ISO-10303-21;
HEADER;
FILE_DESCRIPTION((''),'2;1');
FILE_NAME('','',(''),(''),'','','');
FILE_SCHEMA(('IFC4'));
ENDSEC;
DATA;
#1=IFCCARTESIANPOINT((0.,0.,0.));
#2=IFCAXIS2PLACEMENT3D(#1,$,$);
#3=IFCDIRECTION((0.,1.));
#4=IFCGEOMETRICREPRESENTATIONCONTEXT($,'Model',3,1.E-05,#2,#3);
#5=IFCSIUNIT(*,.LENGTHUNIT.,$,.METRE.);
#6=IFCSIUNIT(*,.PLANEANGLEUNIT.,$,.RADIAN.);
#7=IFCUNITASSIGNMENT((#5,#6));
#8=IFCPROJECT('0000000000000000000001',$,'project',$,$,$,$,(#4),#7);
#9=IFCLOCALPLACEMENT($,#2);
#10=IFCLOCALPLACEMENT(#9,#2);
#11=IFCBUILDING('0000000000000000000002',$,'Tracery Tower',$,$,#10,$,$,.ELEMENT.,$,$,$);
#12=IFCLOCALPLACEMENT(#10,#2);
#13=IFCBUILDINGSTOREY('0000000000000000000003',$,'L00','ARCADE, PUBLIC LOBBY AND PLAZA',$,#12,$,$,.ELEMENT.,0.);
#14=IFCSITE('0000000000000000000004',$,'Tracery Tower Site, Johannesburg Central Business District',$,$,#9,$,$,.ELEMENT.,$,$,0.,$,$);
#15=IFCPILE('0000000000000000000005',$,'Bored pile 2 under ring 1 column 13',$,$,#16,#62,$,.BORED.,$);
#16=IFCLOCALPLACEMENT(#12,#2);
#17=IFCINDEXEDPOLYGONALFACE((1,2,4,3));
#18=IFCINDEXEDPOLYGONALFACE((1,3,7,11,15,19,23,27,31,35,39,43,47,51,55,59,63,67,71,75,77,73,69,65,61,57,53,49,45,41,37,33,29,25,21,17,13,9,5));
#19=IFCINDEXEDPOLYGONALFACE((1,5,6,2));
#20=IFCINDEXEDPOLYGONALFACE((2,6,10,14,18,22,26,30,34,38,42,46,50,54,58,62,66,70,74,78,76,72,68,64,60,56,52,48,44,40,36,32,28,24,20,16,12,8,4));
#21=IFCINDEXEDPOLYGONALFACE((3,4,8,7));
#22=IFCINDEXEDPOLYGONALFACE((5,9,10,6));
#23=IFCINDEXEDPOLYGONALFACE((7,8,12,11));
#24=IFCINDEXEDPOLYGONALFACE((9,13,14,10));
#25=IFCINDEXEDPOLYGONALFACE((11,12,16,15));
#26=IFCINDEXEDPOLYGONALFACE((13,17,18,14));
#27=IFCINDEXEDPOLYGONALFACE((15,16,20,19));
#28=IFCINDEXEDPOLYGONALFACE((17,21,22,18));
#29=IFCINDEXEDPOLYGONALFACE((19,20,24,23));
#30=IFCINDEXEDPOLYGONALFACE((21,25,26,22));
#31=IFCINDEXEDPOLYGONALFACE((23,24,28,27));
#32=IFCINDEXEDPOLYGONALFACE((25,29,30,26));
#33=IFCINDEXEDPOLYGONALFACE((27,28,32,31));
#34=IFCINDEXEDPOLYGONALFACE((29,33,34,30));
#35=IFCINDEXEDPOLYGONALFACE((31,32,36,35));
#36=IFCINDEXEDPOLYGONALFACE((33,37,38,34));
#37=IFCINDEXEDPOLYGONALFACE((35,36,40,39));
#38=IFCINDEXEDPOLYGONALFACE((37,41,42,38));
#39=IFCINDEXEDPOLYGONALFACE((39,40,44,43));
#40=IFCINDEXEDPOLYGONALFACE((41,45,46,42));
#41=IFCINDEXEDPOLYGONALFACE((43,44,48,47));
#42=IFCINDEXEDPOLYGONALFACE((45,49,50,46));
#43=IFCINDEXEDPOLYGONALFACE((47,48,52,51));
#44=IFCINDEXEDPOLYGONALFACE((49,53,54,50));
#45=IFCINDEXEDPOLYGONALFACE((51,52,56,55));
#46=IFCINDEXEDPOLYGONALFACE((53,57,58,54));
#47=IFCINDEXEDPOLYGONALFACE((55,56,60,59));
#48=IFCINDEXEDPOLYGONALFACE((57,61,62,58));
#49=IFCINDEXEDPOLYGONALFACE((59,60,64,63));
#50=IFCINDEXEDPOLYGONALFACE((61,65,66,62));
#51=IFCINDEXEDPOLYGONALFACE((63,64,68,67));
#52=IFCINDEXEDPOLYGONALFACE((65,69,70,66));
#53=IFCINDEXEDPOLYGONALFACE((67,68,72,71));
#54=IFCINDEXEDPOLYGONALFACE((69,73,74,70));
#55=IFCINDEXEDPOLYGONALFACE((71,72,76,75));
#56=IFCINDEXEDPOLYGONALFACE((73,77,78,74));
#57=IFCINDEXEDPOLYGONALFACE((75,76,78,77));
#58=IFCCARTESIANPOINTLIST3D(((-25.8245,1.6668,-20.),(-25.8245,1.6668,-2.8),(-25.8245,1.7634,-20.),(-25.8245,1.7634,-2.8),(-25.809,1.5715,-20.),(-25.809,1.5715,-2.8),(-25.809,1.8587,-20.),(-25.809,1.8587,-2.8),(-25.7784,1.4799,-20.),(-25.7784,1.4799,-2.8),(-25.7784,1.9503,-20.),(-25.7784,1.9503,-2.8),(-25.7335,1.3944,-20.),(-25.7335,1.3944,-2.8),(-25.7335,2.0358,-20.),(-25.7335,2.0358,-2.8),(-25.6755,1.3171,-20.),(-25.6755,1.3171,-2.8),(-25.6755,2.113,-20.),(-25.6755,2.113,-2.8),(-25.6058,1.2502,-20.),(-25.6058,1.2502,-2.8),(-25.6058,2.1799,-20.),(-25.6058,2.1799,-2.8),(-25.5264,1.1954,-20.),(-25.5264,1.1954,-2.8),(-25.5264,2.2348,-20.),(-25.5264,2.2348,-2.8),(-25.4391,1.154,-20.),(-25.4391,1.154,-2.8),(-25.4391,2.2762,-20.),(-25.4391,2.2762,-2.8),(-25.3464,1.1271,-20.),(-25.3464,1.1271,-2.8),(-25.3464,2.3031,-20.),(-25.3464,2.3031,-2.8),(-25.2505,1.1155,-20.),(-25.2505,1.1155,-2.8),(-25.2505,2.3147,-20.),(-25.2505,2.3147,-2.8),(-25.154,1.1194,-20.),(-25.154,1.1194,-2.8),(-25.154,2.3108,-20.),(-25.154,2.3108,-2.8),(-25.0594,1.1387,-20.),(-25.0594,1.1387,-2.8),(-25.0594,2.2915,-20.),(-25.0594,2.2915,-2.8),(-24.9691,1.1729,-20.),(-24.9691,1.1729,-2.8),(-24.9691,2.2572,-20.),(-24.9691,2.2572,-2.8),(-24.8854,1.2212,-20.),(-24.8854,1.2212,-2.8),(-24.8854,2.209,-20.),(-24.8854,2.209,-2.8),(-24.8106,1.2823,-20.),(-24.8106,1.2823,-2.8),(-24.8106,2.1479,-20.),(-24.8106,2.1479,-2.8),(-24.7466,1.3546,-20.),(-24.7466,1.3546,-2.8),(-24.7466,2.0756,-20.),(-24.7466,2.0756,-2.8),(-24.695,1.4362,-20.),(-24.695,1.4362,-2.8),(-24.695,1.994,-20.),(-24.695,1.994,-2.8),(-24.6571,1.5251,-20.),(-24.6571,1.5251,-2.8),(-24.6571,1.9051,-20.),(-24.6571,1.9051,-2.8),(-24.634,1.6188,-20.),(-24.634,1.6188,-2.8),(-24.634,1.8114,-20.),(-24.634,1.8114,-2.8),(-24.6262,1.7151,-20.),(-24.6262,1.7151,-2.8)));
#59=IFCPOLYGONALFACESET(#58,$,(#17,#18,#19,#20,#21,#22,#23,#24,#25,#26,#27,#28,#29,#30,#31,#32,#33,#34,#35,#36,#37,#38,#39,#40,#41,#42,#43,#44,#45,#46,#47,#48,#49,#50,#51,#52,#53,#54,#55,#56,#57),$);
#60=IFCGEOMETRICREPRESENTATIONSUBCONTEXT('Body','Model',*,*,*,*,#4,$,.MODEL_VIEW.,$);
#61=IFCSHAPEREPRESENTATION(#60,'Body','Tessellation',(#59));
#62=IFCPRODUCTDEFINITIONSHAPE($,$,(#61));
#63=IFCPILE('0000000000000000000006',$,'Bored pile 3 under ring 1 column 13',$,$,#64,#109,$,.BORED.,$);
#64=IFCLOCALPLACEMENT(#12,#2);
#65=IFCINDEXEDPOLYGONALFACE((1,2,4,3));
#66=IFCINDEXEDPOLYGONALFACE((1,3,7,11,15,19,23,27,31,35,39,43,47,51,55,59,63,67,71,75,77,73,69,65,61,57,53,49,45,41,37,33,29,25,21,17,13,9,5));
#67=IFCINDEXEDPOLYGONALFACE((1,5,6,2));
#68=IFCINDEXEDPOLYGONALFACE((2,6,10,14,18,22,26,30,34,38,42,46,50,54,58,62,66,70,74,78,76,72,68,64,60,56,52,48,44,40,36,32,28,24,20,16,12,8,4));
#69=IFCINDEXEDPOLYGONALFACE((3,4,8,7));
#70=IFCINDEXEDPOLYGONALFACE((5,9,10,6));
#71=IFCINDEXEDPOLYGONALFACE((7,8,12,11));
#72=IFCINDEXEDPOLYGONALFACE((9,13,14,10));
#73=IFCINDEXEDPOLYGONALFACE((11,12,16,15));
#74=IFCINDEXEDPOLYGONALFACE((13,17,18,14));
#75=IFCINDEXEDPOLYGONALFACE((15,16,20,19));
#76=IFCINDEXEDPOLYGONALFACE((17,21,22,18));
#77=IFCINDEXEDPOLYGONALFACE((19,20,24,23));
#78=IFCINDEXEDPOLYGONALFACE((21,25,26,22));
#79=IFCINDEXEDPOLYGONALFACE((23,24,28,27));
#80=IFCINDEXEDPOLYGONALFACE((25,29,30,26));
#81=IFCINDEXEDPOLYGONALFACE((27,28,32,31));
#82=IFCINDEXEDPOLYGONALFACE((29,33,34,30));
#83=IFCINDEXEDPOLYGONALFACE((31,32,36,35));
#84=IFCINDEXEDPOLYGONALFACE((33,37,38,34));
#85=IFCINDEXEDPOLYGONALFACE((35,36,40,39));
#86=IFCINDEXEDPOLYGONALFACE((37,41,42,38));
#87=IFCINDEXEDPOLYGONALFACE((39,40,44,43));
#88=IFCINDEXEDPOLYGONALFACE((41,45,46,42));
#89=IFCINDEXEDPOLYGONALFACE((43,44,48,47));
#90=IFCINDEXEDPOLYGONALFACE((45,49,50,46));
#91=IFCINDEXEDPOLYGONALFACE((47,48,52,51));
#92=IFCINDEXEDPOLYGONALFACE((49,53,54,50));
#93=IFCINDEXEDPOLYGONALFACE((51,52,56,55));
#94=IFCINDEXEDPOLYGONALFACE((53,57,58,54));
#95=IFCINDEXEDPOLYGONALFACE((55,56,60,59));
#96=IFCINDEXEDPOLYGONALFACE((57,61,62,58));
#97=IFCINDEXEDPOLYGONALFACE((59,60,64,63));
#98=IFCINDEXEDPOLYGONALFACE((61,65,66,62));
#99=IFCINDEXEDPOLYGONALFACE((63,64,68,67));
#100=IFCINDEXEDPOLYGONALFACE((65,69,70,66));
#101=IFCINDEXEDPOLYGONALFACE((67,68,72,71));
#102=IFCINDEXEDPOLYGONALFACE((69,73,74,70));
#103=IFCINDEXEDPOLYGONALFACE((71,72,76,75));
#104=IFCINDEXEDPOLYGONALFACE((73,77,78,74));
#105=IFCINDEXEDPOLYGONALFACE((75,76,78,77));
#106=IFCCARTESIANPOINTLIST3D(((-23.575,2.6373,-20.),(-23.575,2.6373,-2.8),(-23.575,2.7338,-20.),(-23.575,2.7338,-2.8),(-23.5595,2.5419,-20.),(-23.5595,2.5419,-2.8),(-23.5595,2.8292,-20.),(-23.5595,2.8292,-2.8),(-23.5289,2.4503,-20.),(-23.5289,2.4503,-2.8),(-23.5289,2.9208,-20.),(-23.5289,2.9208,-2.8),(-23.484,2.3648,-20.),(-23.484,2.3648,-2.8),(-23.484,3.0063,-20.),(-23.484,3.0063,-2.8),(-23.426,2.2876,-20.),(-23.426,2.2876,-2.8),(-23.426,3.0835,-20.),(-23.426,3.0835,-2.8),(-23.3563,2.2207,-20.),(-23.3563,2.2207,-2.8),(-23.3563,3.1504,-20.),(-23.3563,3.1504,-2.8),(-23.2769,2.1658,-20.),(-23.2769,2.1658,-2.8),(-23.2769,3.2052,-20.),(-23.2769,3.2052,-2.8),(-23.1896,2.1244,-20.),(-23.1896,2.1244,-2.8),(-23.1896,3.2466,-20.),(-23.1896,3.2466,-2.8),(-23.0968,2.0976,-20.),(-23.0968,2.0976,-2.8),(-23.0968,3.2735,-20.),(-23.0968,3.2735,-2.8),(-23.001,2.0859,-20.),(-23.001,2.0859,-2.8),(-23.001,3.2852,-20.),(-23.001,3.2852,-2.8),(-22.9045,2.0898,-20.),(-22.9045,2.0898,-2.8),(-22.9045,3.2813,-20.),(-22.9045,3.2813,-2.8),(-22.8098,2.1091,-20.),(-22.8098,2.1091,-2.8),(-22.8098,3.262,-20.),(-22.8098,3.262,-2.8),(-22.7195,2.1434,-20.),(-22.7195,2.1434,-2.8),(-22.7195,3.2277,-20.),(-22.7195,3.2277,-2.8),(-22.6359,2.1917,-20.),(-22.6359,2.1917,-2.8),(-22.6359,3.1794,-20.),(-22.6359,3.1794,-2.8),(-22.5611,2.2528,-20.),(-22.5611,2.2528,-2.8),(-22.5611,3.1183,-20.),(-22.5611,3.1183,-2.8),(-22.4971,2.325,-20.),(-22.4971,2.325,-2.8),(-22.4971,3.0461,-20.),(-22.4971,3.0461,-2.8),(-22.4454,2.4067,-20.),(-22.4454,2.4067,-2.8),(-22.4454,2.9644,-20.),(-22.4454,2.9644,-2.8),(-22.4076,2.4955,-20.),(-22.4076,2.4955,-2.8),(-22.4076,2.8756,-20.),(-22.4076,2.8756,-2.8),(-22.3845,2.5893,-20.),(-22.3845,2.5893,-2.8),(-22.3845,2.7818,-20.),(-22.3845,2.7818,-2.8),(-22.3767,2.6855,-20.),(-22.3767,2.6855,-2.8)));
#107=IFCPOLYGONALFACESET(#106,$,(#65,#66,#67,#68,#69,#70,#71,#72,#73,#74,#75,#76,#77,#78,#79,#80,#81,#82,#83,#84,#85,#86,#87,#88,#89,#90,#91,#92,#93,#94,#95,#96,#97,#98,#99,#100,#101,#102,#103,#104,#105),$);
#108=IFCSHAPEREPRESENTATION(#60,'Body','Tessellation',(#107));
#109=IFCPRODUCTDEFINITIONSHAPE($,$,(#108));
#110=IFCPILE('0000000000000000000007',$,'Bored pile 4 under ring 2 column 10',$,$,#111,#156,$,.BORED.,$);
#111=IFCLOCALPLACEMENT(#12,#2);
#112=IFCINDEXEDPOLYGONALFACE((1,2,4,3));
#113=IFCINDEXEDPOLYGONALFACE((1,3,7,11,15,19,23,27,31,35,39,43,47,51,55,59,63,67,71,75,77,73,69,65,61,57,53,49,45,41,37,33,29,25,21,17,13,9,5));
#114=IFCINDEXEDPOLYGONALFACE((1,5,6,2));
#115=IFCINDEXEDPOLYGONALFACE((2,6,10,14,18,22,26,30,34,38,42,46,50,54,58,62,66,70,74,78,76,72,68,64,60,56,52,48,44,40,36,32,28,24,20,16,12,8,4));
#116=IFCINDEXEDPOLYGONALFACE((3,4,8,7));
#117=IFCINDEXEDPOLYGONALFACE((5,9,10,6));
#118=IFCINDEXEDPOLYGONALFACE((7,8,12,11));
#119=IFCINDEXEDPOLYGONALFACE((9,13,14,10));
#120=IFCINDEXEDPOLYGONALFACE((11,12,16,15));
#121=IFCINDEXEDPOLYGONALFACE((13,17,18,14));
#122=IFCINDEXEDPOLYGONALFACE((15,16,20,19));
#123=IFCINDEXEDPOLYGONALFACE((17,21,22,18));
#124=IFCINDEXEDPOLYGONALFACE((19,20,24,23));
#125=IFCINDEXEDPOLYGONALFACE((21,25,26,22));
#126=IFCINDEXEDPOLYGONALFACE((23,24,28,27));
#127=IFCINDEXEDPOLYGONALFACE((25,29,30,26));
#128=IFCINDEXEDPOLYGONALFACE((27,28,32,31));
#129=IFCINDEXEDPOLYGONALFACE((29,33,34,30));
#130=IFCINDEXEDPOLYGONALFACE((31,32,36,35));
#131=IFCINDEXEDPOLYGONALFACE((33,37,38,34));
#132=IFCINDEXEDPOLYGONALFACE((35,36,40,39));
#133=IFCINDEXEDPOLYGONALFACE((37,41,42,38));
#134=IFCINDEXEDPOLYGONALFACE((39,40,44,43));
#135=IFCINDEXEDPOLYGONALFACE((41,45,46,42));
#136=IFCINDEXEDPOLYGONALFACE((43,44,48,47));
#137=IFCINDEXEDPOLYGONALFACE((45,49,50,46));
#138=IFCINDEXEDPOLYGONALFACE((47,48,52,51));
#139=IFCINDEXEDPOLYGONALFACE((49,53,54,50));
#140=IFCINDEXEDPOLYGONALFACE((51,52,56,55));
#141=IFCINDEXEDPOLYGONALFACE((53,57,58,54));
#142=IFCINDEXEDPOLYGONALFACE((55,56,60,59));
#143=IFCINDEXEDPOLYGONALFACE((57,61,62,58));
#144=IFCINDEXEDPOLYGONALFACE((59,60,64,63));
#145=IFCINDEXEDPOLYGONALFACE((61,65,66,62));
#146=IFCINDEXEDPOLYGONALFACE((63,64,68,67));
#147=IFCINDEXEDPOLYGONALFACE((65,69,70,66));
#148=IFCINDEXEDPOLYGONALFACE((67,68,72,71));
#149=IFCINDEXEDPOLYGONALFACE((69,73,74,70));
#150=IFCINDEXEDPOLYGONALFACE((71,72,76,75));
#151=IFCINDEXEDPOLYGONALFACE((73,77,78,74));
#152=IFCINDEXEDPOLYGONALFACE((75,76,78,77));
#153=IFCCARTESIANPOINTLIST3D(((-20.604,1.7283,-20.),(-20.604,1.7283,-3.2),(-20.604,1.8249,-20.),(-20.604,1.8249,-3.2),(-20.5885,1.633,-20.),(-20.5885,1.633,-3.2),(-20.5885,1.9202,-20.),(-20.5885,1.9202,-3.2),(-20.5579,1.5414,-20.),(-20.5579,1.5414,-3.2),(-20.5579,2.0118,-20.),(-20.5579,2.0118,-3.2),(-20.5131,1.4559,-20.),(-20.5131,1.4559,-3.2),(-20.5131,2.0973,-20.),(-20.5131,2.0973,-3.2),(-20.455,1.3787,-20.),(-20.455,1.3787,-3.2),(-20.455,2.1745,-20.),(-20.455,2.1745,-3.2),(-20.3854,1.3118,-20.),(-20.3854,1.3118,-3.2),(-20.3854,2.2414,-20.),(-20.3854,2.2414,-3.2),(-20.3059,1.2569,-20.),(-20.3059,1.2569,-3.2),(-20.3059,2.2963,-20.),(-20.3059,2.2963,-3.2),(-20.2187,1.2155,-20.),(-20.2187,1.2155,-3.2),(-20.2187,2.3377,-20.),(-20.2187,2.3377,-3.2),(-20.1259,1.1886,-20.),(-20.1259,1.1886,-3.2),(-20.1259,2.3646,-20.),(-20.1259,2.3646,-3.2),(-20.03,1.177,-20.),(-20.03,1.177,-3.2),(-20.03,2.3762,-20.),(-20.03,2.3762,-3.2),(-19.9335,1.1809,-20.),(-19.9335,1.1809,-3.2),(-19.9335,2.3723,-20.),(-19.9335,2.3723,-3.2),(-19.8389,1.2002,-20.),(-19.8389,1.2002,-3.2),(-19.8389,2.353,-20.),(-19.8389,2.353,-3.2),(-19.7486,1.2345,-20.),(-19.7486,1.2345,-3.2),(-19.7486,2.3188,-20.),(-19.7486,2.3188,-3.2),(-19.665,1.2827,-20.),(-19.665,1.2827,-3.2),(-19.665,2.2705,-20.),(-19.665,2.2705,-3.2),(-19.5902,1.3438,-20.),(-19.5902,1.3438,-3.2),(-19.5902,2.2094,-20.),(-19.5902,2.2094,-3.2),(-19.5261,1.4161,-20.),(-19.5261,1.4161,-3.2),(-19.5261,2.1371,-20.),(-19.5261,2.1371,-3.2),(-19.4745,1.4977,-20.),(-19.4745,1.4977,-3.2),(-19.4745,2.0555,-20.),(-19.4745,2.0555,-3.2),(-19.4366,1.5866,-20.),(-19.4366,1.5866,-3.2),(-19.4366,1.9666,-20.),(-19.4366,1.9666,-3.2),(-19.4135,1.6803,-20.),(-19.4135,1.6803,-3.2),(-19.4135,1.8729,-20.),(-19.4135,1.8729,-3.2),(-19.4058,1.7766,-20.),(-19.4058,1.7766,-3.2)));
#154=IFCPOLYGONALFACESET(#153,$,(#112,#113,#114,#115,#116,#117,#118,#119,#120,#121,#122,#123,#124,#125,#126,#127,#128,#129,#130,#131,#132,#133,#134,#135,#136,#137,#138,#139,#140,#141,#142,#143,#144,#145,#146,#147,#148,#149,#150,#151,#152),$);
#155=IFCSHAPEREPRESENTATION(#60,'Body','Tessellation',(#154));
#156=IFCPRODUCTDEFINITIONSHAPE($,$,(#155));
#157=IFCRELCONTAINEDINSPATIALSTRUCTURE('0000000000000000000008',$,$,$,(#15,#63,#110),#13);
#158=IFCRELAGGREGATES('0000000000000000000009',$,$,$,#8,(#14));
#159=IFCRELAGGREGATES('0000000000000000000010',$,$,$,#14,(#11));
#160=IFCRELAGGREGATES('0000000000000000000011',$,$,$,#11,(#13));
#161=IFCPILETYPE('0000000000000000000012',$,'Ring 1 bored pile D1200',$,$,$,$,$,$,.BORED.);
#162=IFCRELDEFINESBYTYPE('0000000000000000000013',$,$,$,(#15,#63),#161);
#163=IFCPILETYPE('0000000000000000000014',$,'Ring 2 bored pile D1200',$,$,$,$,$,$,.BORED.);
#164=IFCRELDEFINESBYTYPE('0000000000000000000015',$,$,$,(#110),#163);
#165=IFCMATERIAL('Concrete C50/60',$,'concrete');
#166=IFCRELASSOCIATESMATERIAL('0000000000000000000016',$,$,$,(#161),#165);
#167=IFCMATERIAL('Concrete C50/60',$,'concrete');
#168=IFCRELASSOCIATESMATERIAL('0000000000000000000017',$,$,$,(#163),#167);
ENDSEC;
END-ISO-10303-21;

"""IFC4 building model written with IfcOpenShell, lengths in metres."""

from ifc_helpers import new_model, si_unit, direction, frame, origin, origin_2d, place, context, subcontext, project, spatial, circle, extrude, material, material_profile, profile_set, type_object, element, save


model = new_model("IFC4")

# Units and contexts
model_context = context("Model", 3, precision=1e-05, world=origin(), true_north=direction((0.0, 1.0)))
body_context = subcontext(model_context, "Body", "Model", "MODEL_VIEW")
ifc_project = project(units=[si_unit("LENGTHUNIT", "METRE"), si_unit("PLANEANGLEUNIT", "RADIAN")], contexts=[model_context])

# Site, building, storey
site_placement = place(None, origin())
site = spatial("IfcSite", under=ifc_project, at=site_placement, Name="Tracery Tower Site, Johannesburg Central Business District", CompositionType="ELEMENT", RefElevation=0.0)
building_placement = place(site_placement, origin())
building = spatial("IfcBuilding", under=site, at=building_placement, Name="Tracery Tower", CompositionType="ELEMENT")
storey_placement = place(building_placement, origin())
storey = spatial("IfcBuildingStorey", under=building, at=storey_placement, Name="L00", Description="ARCADE, PUBLIC LOBBY AND PLAZA", CompositionType="ELEMENT", Elevation=0.0)

# Piles
ifc_material_1 = material(Name="Concrete C50/60", Category="concrete")
ifc_material_profile_1 = material_profile(ifc_material_1, circle(Radius=0.6001, at=origin_2d()), Name="RC D1200")
ifc_profile_set_1 = profile_set([ifc_material_profile_1], Name="Concrete C50/60")
pile_type_1 = type_object("IfcPileType", Name="Ring 1 bored pile D1200", PredefinedType="BORED", material=ifc_profile_set_1)
for number, where, z_axis, x_axis, name in (
    (1, (-25.2263, 1.7151, -2.8), (0.0, 0.0, -1.0), (1.0, 0.0, 0.0), "Bored pile 2 under ring 1 column 13"),
    (2, (-22.9768, 2.6855, -2.8), (0.0, 0.0, -1.0), (1.0, 0.0, 0.0), "Bored pile 3 under ring 1 column 13"),
):
    element("IfcPile", number, at=place(storey_placement, frame(where, z_axis=z_axis, x_axis=x_axis)), inside=storey, type_object=pile_type_1, Name=name, PredefinedType="BORED", context=body_context, shape_type="SweptSolid", body=[
        extrude(circle(Radius=0.6001, at=origin_2d()), origin(), (0.0, 0.0, 1.0), 17.2),
    ])
ifc_material_2 = material(Name="Concrete C50/60", Category="concrete")
ifc_material_profile_2 = material_profile(ifc_material_2, circle(Radius=0.6001, at=origin_2d()), Name="RC D1200")
ifc_profile_set_2 = profile_set([ifc_material_profile_2], Name="Concrete C50/60")
pile_type_2 = type_object("IfcPileType", Name="Ring 2 bored pile D1200", PredefinedType="BORED", material=ifc_profile_set_2)
pile_placement = place(storey_placement, frame((-20.0059, 1.7766, -3.2), z_axis=(0.0, 0.0, -1.0), x_axis=(1.0, 0.0, 0.0)))
element("IfcPile", 3, at=pile_placement, inside=storey, type_object=pile_type_2, Name="Bored pile 4 under ring 2 column 10", PredefinedType="BORED", context=body_context, shape_type="SweptSolid", body=[
    extrude(circle(Radius=0.6001, at=origin_2d()), origin(), (0.0, 0.0, 1.0), 16.8),
])

save(model, "model.ifc")
